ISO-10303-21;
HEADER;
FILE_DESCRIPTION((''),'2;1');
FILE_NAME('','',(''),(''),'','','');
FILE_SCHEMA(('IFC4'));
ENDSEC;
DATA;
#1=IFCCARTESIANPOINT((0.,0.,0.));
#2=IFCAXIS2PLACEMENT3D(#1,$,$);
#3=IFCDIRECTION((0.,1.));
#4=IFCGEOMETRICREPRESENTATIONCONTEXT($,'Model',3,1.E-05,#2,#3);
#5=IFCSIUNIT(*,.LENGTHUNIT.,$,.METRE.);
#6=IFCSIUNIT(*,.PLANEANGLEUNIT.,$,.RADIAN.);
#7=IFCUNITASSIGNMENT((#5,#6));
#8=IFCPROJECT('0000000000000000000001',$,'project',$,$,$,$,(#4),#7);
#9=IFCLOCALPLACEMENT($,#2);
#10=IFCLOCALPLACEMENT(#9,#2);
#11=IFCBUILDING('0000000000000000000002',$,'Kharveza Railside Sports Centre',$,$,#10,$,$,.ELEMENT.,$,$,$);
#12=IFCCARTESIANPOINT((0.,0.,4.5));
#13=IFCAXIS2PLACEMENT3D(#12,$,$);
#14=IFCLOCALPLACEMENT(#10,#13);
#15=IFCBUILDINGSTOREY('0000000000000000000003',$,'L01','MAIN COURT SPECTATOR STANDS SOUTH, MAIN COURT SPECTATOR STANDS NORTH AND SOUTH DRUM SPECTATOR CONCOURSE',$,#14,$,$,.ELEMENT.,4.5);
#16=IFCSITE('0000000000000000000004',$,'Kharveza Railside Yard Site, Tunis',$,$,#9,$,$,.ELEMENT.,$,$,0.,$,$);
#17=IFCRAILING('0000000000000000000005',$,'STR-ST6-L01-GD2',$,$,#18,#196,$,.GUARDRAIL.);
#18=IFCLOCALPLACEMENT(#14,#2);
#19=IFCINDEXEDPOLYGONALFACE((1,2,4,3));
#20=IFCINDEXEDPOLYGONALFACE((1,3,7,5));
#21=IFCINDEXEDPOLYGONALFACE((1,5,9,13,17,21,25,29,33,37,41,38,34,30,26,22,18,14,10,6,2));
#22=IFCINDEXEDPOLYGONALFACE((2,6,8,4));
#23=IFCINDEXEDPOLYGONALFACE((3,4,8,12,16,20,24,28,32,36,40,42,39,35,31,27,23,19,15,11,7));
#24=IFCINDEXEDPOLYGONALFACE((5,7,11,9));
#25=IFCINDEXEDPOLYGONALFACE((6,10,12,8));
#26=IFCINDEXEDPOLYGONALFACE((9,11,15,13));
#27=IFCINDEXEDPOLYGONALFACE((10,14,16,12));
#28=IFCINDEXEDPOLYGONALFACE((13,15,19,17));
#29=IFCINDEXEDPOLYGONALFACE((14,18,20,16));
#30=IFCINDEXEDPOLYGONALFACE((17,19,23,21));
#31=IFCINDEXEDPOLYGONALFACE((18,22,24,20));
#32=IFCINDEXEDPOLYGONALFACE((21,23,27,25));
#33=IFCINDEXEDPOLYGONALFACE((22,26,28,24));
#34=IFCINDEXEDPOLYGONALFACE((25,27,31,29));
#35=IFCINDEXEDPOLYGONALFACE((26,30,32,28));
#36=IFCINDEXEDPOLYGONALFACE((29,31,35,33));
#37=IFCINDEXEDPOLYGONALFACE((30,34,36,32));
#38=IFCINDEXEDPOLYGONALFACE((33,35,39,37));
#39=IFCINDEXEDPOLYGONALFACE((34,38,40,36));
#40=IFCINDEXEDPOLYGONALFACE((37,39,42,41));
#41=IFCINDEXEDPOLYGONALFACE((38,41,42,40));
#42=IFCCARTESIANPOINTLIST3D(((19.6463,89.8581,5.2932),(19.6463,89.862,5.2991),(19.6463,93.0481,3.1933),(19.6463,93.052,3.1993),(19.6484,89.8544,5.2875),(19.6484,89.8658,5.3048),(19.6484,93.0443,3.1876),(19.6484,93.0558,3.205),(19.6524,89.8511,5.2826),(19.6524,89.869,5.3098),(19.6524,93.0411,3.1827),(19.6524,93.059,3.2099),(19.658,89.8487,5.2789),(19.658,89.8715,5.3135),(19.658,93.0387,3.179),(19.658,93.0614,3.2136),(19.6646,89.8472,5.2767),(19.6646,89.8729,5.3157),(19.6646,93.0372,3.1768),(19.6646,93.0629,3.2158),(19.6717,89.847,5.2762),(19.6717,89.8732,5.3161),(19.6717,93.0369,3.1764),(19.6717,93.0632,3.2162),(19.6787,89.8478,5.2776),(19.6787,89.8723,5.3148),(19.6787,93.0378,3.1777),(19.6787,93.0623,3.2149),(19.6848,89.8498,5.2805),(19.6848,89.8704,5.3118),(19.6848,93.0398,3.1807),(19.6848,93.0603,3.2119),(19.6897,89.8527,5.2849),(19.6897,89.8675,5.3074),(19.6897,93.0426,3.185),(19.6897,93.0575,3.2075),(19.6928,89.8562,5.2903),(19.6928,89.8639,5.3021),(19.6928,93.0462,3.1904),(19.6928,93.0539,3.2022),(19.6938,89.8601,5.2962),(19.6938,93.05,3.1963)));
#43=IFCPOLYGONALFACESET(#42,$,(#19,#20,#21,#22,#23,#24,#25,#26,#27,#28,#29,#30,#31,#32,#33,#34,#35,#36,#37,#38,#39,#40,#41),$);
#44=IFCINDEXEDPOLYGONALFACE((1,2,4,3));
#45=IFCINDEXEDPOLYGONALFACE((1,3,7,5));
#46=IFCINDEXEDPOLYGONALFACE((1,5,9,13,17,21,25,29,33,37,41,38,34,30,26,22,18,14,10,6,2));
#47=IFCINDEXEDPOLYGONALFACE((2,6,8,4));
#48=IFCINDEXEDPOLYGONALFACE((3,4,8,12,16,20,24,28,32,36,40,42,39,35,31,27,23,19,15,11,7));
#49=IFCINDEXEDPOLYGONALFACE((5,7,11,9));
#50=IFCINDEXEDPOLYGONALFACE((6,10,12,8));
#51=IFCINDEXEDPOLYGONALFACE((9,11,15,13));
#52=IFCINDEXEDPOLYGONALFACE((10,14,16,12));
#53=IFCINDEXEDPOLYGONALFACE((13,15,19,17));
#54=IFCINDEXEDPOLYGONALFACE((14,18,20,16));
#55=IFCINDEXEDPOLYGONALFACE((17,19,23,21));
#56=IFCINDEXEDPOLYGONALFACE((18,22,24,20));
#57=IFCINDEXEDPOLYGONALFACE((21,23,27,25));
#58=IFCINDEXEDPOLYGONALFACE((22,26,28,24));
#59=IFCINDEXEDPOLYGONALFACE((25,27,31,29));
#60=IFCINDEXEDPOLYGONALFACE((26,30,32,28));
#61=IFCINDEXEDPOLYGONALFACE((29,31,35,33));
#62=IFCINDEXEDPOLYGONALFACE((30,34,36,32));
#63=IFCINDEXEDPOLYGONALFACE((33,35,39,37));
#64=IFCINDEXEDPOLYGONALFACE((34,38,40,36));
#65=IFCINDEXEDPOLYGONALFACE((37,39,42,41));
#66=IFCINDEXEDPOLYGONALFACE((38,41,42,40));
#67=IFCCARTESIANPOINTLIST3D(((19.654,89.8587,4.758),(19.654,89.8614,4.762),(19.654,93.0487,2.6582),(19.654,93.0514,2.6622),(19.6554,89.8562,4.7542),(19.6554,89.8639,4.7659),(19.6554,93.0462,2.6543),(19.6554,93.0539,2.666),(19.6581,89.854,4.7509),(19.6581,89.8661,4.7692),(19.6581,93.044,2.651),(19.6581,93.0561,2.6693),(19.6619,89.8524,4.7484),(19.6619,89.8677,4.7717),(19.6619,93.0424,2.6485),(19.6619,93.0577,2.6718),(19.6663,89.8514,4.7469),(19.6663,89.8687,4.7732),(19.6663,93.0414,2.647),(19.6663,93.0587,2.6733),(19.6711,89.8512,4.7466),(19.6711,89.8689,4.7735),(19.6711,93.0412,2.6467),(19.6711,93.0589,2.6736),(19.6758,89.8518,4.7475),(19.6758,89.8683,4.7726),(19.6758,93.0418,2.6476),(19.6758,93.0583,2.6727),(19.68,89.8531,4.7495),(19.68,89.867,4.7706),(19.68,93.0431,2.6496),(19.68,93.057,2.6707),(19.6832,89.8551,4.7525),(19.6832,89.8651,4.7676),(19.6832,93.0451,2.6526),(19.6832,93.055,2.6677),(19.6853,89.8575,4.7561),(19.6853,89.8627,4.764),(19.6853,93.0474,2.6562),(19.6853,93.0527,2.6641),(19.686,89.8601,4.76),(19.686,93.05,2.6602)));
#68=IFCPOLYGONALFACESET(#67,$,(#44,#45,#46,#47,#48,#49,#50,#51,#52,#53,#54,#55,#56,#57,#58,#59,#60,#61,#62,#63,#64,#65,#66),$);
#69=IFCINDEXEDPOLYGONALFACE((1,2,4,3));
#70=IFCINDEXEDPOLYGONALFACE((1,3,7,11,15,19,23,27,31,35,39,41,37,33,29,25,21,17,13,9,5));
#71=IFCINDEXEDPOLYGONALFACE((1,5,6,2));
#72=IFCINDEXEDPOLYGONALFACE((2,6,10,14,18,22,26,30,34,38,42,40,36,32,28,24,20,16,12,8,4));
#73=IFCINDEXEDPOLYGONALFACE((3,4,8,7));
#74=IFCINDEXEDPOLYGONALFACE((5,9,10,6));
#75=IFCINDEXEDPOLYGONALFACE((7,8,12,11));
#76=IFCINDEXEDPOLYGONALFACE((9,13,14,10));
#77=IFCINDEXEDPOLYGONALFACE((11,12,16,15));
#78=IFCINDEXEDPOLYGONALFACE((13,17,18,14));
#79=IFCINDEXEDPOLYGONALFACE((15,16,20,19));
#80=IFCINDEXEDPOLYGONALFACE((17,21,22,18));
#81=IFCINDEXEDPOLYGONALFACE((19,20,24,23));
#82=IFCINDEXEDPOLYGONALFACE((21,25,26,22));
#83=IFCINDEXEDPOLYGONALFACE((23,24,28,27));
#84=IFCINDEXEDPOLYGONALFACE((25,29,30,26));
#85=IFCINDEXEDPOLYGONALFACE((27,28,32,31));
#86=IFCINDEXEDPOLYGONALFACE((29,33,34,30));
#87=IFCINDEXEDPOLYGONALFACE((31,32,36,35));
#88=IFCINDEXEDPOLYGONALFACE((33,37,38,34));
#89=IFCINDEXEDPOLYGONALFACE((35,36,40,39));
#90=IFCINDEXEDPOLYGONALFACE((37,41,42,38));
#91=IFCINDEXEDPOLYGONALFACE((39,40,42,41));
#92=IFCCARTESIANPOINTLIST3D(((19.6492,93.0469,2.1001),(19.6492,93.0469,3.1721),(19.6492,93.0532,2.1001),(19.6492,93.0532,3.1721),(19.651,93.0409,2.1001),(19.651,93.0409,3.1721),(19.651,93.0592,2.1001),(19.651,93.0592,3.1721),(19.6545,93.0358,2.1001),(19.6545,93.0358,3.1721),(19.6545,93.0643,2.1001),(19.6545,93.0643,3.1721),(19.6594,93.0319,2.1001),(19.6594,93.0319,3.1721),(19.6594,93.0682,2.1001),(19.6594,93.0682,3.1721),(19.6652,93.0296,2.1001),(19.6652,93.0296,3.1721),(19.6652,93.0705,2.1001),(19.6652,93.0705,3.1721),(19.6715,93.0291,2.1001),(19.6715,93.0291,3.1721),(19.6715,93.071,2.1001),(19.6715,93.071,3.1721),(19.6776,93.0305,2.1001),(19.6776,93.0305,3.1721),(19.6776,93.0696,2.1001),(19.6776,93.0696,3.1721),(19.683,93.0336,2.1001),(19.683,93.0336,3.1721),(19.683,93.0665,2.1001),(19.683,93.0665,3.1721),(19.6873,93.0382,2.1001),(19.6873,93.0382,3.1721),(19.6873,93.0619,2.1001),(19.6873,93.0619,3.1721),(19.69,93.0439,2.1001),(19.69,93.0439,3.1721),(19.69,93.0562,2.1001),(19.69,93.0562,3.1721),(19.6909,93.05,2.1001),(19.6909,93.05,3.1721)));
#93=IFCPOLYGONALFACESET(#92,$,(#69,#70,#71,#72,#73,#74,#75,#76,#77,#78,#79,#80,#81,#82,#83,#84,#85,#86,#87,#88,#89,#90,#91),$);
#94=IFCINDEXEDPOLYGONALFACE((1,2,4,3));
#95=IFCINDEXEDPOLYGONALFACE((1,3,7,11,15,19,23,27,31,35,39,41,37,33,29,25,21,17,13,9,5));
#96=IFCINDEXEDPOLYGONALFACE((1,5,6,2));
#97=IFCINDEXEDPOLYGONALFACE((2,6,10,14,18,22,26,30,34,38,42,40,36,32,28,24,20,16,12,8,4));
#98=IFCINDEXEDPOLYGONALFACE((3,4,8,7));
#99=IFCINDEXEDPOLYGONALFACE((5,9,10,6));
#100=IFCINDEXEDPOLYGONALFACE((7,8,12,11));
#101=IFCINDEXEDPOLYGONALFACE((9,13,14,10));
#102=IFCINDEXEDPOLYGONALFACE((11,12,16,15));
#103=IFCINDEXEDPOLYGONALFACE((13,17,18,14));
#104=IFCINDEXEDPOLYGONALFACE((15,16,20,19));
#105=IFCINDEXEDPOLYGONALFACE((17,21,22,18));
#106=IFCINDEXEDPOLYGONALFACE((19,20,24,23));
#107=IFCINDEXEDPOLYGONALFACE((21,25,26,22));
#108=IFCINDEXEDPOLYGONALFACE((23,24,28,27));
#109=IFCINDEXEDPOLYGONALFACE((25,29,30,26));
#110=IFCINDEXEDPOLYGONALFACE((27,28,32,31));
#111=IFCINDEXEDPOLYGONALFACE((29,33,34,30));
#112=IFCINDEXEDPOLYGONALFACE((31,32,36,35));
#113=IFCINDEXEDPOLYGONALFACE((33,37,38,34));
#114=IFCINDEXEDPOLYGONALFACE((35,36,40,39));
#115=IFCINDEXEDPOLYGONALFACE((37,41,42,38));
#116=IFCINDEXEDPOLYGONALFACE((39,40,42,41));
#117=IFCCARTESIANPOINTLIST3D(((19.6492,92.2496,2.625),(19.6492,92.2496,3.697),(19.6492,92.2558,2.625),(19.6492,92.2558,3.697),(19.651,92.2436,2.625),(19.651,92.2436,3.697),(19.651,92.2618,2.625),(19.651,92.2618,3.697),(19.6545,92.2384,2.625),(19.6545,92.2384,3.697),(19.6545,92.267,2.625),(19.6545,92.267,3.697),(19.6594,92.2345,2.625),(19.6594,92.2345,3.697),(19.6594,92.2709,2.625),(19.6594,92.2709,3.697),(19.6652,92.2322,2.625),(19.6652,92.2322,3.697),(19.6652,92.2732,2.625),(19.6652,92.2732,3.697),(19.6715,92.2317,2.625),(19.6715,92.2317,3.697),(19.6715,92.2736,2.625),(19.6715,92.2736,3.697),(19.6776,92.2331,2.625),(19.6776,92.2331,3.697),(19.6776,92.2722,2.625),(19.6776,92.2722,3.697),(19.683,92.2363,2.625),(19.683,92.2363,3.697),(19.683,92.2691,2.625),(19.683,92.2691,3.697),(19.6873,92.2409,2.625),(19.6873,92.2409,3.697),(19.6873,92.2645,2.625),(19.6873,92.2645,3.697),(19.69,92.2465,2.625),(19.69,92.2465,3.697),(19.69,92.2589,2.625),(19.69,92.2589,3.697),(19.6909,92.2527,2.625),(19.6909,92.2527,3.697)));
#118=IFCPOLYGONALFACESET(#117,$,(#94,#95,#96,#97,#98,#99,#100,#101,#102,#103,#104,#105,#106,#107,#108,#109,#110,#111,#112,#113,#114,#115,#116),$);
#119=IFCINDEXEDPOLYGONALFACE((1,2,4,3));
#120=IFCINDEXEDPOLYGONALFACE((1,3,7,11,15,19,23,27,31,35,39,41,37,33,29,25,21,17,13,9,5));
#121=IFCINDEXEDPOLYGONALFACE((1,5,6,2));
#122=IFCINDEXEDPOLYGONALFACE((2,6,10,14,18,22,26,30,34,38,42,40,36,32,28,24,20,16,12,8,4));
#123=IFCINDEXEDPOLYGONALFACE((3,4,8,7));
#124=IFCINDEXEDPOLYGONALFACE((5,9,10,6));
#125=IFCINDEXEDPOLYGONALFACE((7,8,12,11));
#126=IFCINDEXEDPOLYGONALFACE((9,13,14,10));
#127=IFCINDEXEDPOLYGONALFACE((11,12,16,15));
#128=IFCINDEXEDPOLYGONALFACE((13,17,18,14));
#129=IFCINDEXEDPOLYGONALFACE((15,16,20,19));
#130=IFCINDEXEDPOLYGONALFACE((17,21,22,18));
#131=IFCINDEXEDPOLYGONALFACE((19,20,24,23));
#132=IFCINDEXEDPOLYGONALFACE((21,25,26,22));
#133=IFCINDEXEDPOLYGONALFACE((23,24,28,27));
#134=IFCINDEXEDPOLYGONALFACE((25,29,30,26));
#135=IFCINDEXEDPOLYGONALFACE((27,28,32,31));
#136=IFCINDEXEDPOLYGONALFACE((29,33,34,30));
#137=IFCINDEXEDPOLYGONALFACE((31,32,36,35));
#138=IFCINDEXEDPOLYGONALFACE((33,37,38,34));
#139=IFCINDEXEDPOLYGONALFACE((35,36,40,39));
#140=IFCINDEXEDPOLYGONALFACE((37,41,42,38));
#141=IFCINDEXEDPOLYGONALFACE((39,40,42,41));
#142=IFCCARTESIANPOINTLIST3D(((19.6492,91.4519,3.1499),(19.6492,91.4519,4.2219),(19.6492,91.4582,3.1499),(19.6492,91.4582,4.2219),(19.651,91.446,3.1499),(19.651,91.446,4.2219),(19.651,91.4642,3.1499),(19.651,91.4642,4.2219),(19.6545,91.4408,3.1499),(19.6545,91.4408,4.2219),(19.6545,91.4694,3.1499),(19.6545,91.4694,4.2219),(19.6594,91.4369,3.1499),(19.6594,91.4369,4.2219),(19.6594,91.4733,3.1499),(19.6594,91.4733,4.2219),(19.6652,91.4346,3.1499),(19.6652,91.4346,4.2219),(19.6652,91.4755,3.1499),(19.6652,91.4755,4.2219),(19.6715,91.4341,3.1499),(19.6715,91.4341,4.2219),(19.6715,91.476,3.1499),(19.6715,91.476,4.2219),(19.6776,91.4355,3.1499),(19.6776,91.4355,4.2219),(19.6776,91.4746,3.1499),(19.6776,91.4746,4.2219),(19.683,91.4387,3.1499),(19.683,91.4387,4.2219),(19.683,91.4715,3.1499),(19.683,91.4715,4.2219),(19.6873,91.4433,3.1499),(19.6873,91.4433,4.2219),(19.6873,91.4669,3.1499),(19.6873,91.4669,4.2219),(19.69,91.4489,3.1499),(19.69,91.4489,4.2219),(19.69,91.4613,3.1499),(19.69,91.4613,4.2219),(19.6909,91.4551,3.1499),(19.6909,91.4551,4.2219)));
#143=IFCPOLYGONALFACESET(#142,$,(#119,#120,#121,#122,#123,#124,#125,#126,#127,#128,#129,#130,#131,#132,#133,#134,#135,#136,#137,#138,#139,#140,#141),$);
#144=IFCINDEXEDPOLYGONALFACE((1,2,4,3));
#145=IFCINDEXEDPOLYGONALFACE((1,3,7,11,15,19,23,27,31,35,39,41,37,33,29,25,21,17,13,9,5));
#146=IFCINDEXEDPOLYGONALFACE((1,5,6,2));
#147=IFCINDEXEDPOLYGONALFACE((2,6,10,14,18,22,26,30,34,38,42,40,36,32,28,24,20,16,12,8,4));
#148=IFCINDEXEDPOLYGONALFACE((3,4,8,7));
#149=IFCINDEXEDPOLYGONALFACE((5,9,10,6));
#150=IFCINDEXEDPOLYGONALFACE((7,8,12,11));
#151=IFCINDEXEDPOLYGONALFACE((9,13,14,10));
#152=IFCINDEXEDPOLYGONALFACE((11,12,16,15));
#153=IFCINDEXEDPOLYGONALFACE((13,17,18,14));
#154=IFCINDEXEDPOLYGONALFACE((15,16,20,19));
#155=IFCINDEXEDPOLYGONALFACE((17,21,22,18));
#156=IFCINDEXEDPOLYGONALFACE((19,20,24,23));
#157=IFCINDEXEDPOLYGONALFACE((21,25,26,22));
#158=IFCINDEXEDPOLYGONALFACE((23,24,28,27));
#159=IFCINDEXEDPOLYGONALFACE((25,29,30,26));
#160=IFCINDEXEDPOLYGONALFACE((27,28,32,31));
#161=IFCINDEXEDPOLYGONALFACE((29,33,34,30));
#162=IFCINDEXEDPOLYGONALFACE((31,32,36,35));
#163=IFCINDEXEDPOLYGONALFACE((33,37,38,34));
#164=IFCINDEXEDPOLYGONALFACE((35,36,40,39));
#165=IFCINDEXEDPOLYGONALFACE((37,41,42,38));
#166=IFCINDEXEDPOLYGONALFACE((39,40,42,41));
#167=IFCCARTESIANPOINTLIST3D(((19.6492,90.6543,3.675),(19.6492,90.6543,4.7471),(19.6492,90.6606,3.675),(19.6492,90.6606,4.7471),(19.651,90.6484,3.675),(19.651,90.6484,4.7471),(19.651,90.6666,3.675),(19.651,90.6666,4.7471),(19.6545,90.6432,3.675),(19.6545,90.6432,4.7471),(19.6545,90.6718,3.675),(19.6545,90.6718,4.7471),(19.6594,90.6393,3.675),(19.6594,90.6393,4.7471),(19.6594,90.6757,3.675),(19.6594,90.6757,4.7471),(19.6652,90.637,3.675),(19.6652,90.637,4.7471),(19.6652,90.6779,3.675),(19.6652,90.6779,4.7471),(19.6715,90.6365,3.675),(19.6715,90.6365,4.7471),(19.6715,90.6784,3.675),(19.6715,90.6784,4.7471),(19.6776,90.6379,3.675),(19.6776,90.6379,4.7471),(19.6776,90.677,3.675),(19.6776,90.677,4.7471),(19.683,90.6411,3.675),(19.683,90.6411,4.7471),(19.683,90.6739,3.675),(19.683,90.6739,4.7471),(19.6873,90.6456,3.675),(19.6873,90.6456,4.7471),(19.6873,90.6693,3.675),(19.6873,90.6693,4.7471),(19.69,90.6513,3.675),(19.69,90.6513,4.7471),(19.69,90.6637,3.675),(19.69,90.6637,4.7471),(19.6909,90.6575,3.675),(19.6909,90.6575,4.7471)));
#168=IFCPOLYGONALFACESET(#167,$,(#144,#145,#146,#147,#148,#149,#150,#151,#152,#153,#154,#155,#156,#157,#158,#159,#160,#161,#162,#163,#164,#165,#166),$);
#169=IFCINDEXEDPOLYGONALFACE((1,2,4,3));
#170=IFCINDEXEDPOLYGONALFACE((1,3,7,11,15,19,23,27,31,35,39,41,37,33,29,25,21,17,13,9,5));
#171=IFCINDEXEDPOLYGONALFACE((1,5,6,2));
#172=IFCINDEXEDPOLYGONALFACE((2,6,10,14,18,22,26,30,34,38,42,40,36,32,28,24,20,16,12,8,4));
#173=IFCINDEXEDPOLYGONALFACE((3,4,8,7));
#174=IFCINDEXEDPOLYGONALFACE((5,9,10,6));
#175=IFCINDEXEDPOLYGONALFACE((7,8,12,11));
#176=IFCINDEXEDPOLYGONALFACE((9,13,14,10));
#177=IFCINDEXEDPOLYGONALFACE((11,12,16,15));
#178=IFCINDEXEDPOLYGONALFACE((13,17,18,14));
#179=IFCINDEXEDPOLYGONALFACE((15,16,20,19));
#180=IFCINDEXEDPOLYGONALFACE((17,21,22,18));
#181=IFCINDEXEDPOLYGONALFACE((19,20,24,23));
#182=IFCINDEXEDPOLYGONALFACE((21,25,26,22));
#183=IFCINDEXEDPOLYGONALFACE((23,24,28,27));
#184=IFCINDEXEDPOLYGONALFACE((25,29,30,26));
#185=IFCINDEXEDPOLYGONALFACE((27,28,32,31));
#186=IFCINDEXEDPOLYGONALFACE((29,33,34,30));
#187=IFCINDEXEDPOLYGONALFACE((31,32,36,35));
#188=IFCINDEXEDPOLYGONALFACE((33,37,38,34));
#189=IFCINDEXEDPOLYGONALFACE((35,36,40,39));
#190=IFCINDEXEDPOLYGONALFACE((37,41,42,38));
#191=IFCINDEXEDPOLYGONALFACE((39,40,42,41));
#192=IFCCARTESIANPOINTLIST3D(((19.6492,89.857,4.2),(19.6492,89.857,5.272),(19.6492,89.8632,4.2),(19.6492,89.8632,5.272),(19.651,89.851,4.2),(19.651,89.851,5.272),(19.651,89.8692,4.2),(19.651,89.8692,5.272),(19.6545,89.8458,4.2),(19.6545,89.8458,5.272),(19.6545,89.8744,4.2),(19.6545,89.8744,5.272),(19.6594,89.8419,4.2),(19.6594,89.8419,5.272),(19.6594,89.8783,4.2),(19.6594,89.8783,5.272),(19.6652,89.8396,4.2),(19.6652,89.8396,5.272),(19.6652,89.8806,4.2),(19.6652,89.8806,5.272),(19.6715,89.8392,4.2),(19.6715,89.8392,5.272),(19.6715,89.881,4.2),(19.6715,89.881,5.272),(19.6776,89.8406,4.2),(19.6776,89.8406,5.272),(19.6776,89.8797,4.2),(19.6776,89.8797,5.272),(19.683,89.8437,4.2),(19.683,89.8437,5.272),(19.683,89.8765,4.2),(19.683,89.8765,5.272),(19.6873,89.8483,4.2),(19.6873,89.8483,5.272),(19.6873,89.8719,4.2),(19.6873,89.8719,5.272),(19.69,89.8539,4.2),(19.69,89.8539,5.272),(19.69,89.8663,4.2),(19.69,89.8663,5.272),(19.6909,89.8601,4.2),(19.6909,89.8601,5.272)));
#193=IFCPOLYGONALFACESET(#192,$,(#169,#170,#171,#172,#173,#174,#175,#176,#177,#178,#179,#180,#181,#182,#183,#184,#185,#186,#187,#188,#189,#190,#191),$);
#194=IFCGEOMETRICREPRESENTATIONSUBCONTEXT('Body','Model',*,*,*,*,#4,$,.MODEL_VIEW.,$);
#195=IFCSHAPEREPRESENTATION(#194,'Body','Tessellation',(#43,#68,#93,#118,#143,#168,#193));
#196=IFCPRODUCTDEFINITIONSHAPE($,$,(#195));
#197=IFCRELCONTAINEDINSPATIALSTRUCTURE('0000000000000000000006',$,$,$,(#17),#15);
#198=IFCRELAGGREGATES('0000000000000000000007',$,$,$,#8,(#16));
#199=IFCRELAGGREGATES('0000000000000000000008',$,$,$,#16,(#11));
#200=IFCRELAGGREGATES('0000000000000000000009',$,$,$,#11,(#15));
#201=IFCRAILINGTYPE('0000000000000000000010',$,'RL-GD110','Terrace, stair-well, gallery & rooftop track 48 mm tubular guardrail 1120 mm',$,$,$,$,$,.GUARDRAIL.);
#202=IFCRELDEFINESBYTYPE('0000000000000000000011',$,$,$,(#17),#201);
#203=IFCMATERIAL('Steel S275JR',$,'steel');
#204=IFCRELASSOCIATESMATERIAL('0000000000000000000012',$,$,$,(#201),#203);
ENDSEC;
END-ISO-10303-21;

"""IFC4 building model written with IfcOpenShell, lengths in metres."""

from ifc_helpers import new_model, si_unit, direction, frame, origin, origin_2d, place, context, subcontext, project, spatial, circle, extrude, material, type_object, element, save


model = new_model("IFC4")

# Units and contexts
model_context = context("Model", 3, precision=1e-05, world=origin(), true_north=direction((0.0, 1.0)))
body_context = subcontext(model_context, "Body", "Model", "MODEL_VIEW")
ifc_project = project(units=[si_unit("LENGTHUNIT", "METRE"), si_unit("PLANEANGLEUNIT", "RADIAN")], contexts=[model_context])

# Site, building, storey
site_placement = place(None, origin())
site = spatial("IfcSite", under=ifc_project, at=site_placement, Name="Kharveza Railside Yard Site, Tunis", CompositionType="ELEMENT", RefElevation=0.0)
building_placement = place(site_placement, origin())
building = spatial("IfcBuilding", under=site, at=building_placement, Name="Kharveza Railside Sports Centre", CompositionType="ELEMENT")
storey_placement = place(building_placement, frame((0.0, 0.0, 4.5)))
storey = spatial("IfcBuildingStorey", under=building, at=storey_placement, Name="L01", Description="MAIN COURT SPECTATOR STANDS SOUTH, MAIN COURT SPECTATOR STANDS NORTH AND SOUTH DRUM SPECTATOR CONCOURSE", CompositionType="ELEMENT", Elevation=4.5)

# Railing
ifc_material_1 = material(Name="Steel S275JR", Category="steel")
railing_type_1 = type_object("IfcRailingType", Name="RL-GD110", Description="Terrace, stair-well, gallery & rooftop track 48 mm tubular guardrail 1120 mm", PredefinedType="GUARDRAIL", material=ifc_material_1)
railing_1_placement = place(storey_placement, frame((19.6699, 93.05, 2.1001)))
element("IfcRailing", 1, at=railing_1_placement, inside=storey, type_object=railing_type_1, Name="STR-ST6-L01-GD2", PredefinedType="GUARDRAIL", context=body_context, shape_type="SweptSolid", body=[
    extrude(circle(Radius=0.0239, at=origin_2d()), frame((0.0, 0.0, 1.0962), z_axis=(0.0, -0.835272, 0.549837), x_axis=(1.0, 0.0, 0.0)), (0.0, 0.0, 1.0), 3.8191),
    extrude(circle(Radius=0.0161, at=origin_2d()), frame((0.0, 0.0, 0.5601), z_axis=(0.0, -0.835272, 0.549837), x_axis=(1.0, 0.0, 0.0)), (0.0, 0.0, 1.0), 3.8191),
    extrude(circle(Radius=0.021, at=origin_2d()), origin(), (0.0, 0.0, 1.0), 1.072),
    extrude(circle(Radius=0.021, at=origin_2d()), frame((0.0, -0.7974, 0.5249)), (0.0, 0.0, 1.0), 1.072),
    extrude(circle(Radius=0.021, at=origin_2d()), frame((0.0, -1.595, 1.0498)), (0.0, 0.0, 1.0), 1.072),
    extrude(circle(Radius=0.021, at=origin_2d()), frame((0.0, -2.3926, 1.575)), (0.0, 0.0, 1.0), 1.072),
    extrude(circle(Radius=0.021, at=origin_2d()), frame((0.0, -3.1899, 2.0999)), (0.0, 0.0, 1.0), 1.072),
])

save(model, "model.ifc")
